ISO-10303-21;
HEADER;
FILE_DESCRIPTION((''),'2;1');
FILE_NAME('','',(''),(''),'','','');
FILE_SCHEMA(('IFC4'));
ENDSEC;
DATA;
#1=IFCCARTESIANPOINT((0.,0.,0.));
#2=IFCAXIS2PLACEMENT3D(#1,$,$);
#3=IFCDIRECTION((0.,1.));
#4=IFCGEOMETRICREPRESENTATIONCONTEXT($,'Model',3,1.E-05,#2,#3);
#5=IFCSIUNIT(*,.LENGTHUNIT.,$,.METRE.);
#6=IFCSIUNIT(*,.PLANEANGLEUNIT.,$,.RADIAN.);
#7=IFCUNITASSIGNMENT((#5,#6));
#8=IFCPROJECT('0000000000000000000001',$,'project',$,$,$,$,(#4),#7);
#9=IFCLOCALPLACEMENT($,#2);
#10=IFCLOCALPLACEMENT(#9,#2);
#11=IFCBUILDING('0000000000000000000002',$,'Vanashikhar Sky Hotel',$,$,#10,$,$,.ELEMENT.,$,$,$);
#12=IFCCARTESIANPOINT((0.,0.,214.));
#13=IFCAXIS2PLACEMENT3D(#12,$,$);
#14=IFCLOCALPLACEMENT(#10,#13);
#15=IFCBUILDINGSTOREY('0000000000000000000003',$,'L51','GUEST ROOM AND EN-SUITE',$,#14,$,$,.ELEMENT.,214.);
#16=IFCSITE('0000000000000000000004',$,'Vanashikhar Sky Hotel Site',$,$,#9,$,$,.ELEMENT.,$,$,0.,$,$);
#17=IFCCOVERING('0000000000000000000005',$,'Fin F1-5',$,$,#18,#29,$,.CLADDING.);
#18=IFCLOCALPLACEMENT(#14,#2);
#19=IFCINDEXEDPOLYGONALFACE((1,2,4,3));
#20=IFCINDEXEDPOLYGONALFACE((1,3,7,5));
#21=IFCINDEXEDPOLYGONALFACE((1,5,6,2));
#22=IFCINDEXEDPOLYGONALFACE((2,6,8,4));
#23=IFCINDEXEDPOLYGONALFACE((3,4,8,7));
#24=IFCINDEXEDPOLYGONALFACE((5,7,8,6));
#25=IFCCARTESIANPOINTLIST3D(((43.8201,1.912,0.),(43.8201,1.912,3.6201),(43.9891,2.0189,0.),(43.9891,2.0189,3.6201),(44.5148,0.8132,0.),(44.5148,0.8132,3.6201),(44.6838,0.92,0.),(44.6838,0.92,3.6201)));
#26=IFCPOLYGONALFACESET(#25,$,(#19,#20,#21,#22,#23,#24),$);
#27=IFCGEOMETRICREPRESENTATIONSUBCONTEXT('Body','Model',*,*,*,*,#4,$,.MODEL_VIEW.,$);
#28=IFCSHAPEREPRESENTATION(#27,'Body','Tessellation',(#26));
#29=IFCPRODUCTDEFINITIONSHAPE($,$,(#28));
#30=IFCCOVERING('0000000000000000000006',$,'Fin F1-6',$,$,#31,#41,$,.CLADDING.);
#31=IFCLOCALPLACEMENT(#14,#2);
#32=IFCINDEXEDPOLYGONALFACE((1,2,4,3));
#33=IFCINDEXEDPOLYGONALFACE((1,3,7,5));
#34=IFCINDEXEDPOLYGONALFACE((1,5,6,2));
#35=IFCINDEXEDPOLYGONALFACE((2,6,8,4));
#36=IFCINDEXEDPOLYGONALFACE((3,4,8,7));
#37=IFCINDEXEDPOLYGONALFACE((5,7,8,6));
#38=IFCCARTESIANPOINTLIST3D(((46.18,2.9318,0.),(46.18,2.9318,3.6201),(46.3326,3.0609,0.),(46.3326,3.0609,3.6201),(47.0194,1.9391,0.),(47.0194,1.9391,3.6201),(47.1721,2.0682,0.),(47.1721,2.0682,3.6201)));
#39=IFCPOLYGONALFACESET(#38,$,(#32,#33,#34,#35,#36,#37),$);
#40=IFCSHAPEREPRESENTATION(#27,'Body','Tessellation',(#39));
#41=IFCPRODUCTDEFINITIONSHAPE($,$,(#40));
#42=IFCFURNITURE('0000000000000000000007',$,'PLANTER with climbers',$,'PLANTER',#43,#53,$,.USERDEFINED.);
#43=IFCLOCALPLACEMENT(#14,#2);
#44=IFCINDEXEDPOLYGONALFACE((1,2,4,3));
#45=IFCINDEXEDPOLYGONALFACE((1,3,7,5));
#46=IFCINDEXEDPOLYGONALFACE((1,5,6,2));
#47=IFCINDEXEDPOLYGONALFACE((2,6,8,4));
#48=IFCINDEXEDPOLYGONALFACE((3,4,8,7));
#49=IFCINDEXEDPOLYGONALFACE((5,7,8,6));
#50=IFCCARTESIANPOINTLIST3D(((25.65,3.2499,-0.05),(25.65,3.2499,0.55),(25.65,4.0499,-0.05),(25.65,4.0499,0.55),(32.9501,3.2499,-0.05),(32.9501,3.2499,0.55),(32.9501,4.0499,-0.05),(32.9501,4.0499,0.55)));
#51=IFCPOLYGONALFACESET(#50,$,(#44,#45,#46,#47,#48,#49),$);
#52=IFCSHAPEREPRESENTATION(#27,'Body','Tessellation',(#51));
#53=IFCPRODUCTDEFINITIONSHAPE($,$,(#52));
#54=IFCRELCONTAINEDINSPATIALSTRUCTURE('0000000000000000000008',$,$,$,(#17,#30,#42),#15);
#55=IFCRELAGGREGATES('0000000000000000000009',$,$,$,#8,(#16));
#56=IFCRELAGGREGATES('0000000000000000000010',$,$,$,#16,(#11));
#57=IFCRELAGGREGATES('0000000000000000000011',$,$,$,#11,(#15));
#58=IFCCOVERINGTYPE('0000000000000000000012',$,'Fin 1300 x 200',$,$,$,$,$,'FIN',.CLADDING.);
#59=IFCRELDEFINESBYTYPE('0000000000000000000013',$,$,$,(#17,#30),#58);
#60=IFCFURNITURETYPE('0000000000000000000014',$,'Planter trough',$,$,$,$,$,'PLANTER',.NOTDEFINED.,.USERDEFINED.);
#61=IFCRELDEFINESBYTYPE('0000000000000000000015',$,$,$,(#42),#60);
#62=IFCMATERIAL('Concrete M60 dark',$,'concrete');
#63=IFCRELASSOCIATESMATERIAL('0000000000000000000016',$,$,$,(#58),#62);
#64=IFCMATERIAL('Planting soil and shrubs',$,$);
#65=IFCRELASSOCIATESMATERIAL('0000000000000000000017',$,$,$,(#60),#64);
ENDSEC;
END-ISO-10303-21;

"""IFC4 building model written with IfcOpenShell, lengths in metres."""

from ifc_helpers import new_model, si_unit, direction, frame, origin, origin_2d, place, context, subcontext, project, spatial, rectangle, extrude, source, transform, mapped, material, material_profile, profile_set, type_object, element, save


model = new_model("IFC4")

# Units and contexts
model_context = context("Model", 3, precision=1e-05, world=origin(), true_north=direction((0.0, 1.0)))
body_context = subcontext(model_context, "Body", "Model", "MODEL_VIEW")
ifc_project = project(units=[si_unit("LENGTHUNIT", "METRE"), si_unit("PLANEANGLEUNIT", "RADIAN")], contexts=[model_context])

# Site, building, storey
site_placement = place(None, origin())
site = spatial("IfcSite", under=ifc_project, at=site_placement, Name="Vanashikhar Sky Hotel Site", CompositionType="ELEMENT", RefElevation=0.0)
building_placement = place(site_placement, origin())
building = spatial("IfcBuilding", under=site, at=building_placement, Name="Vanashikhar Sky Hotel", CompositionType="ELEMENT")
storey_placement = place(building_placement, frame((0.0, 0.0, 214.0)))
storey = spatial("IfcBuildingStorey", under=building, at=storey_placement, Name="L51", Description="GUEST ROOM AND EN-SUITE", CompositionType="ELEMENT", Elevation=214.0)

# Coverings
ifc_material_1 = material(Name="Concrete M60 dark", Category="concrete")
ifc_material_profile = material_profile(ifc_material_1, rectangle(XDim=1.3, YDim=0.2, at=origin_2d()))
ifc_profile_set = profile_set([ifc_material_profile], Name="Fin 1300 x 200")
covering_type_1 = type_object("IfcCoveringType", Name="Fin 1300 x 200", ElementType="FIN", PredefinedType="CLADDING", material=ifc_profile_set)
shared_shape_1 = source(origin(), body_context, "Body", "SweptSolid", [
    extrude(rectangle(XDim=1.3, YDim=0.2, at=origin_2d()), origin(), (0.0, 0.0, 1.0), 3.6201),
])
for number, where, z_axis, x_axis, name in (
    (1, (44.252, 1.416, 0.0), (0.0, 0.0, 1.0), (0.534411, -0.845225, 0.0), "Fin F1-5"),
    (2, (46.676, 2.5, 0.0), (0.0, 0.0, 1.0), (0.645698, -0.763593, 0.0), "Fin F1-6"),
):
    element("IfcCovering", number, at=place(storey_placement, frame(where, z_axis=z_axis, x_axis=x_axis)), inside=storey, type_object=covering_type_1, Name=name, PredefinedType="CLADDING", context=body_context, shape_type="MappedRepresentation", body=[
        mapped(shared_shape_1, transform((0.0, 0.0, 0.0), scale=1.0)),
    ])

# Furniture
ifc_material_2 = material(Name="Planting soil and shrubs")
furniture_type = type_object("IfcFurnitureType", Name="Planter trough", ElementType="PLANTER", AssemblyPlace="NOTDEFINED", PredefinedType="USERDEFINED", material=ifc_material_2)
shared_shape_2 = source(origin(), body_context, "Body", "SweptSolid", [
    extrude(rectangle(XDim=7.3, YDim=0.8, at=origin_2d()), origin(), (0.0, 0.0, 1.0), 0.6001),
])
furniture_placement = place(storey_placement, frame((29.3, 3.6499, -0.05), z_axis=(0.0, 0.0, 1.0), x_axis=(1.0, 0.0, 0.0)))
element("IfcFurniture", 3, at=furniture_placement, inside=storey, type_object=furniture_type, Name="PLANTER with climbers", ObjectType="PLANTER", PredefinedType="USERDEFINED", context=body_context, shape_type="MappedRepresentation", body=[
    mapped(shared_shape_2, transform((0.0, 0.0, 0.0), scale=1.0)),
])

save(model, "model.ifc")
